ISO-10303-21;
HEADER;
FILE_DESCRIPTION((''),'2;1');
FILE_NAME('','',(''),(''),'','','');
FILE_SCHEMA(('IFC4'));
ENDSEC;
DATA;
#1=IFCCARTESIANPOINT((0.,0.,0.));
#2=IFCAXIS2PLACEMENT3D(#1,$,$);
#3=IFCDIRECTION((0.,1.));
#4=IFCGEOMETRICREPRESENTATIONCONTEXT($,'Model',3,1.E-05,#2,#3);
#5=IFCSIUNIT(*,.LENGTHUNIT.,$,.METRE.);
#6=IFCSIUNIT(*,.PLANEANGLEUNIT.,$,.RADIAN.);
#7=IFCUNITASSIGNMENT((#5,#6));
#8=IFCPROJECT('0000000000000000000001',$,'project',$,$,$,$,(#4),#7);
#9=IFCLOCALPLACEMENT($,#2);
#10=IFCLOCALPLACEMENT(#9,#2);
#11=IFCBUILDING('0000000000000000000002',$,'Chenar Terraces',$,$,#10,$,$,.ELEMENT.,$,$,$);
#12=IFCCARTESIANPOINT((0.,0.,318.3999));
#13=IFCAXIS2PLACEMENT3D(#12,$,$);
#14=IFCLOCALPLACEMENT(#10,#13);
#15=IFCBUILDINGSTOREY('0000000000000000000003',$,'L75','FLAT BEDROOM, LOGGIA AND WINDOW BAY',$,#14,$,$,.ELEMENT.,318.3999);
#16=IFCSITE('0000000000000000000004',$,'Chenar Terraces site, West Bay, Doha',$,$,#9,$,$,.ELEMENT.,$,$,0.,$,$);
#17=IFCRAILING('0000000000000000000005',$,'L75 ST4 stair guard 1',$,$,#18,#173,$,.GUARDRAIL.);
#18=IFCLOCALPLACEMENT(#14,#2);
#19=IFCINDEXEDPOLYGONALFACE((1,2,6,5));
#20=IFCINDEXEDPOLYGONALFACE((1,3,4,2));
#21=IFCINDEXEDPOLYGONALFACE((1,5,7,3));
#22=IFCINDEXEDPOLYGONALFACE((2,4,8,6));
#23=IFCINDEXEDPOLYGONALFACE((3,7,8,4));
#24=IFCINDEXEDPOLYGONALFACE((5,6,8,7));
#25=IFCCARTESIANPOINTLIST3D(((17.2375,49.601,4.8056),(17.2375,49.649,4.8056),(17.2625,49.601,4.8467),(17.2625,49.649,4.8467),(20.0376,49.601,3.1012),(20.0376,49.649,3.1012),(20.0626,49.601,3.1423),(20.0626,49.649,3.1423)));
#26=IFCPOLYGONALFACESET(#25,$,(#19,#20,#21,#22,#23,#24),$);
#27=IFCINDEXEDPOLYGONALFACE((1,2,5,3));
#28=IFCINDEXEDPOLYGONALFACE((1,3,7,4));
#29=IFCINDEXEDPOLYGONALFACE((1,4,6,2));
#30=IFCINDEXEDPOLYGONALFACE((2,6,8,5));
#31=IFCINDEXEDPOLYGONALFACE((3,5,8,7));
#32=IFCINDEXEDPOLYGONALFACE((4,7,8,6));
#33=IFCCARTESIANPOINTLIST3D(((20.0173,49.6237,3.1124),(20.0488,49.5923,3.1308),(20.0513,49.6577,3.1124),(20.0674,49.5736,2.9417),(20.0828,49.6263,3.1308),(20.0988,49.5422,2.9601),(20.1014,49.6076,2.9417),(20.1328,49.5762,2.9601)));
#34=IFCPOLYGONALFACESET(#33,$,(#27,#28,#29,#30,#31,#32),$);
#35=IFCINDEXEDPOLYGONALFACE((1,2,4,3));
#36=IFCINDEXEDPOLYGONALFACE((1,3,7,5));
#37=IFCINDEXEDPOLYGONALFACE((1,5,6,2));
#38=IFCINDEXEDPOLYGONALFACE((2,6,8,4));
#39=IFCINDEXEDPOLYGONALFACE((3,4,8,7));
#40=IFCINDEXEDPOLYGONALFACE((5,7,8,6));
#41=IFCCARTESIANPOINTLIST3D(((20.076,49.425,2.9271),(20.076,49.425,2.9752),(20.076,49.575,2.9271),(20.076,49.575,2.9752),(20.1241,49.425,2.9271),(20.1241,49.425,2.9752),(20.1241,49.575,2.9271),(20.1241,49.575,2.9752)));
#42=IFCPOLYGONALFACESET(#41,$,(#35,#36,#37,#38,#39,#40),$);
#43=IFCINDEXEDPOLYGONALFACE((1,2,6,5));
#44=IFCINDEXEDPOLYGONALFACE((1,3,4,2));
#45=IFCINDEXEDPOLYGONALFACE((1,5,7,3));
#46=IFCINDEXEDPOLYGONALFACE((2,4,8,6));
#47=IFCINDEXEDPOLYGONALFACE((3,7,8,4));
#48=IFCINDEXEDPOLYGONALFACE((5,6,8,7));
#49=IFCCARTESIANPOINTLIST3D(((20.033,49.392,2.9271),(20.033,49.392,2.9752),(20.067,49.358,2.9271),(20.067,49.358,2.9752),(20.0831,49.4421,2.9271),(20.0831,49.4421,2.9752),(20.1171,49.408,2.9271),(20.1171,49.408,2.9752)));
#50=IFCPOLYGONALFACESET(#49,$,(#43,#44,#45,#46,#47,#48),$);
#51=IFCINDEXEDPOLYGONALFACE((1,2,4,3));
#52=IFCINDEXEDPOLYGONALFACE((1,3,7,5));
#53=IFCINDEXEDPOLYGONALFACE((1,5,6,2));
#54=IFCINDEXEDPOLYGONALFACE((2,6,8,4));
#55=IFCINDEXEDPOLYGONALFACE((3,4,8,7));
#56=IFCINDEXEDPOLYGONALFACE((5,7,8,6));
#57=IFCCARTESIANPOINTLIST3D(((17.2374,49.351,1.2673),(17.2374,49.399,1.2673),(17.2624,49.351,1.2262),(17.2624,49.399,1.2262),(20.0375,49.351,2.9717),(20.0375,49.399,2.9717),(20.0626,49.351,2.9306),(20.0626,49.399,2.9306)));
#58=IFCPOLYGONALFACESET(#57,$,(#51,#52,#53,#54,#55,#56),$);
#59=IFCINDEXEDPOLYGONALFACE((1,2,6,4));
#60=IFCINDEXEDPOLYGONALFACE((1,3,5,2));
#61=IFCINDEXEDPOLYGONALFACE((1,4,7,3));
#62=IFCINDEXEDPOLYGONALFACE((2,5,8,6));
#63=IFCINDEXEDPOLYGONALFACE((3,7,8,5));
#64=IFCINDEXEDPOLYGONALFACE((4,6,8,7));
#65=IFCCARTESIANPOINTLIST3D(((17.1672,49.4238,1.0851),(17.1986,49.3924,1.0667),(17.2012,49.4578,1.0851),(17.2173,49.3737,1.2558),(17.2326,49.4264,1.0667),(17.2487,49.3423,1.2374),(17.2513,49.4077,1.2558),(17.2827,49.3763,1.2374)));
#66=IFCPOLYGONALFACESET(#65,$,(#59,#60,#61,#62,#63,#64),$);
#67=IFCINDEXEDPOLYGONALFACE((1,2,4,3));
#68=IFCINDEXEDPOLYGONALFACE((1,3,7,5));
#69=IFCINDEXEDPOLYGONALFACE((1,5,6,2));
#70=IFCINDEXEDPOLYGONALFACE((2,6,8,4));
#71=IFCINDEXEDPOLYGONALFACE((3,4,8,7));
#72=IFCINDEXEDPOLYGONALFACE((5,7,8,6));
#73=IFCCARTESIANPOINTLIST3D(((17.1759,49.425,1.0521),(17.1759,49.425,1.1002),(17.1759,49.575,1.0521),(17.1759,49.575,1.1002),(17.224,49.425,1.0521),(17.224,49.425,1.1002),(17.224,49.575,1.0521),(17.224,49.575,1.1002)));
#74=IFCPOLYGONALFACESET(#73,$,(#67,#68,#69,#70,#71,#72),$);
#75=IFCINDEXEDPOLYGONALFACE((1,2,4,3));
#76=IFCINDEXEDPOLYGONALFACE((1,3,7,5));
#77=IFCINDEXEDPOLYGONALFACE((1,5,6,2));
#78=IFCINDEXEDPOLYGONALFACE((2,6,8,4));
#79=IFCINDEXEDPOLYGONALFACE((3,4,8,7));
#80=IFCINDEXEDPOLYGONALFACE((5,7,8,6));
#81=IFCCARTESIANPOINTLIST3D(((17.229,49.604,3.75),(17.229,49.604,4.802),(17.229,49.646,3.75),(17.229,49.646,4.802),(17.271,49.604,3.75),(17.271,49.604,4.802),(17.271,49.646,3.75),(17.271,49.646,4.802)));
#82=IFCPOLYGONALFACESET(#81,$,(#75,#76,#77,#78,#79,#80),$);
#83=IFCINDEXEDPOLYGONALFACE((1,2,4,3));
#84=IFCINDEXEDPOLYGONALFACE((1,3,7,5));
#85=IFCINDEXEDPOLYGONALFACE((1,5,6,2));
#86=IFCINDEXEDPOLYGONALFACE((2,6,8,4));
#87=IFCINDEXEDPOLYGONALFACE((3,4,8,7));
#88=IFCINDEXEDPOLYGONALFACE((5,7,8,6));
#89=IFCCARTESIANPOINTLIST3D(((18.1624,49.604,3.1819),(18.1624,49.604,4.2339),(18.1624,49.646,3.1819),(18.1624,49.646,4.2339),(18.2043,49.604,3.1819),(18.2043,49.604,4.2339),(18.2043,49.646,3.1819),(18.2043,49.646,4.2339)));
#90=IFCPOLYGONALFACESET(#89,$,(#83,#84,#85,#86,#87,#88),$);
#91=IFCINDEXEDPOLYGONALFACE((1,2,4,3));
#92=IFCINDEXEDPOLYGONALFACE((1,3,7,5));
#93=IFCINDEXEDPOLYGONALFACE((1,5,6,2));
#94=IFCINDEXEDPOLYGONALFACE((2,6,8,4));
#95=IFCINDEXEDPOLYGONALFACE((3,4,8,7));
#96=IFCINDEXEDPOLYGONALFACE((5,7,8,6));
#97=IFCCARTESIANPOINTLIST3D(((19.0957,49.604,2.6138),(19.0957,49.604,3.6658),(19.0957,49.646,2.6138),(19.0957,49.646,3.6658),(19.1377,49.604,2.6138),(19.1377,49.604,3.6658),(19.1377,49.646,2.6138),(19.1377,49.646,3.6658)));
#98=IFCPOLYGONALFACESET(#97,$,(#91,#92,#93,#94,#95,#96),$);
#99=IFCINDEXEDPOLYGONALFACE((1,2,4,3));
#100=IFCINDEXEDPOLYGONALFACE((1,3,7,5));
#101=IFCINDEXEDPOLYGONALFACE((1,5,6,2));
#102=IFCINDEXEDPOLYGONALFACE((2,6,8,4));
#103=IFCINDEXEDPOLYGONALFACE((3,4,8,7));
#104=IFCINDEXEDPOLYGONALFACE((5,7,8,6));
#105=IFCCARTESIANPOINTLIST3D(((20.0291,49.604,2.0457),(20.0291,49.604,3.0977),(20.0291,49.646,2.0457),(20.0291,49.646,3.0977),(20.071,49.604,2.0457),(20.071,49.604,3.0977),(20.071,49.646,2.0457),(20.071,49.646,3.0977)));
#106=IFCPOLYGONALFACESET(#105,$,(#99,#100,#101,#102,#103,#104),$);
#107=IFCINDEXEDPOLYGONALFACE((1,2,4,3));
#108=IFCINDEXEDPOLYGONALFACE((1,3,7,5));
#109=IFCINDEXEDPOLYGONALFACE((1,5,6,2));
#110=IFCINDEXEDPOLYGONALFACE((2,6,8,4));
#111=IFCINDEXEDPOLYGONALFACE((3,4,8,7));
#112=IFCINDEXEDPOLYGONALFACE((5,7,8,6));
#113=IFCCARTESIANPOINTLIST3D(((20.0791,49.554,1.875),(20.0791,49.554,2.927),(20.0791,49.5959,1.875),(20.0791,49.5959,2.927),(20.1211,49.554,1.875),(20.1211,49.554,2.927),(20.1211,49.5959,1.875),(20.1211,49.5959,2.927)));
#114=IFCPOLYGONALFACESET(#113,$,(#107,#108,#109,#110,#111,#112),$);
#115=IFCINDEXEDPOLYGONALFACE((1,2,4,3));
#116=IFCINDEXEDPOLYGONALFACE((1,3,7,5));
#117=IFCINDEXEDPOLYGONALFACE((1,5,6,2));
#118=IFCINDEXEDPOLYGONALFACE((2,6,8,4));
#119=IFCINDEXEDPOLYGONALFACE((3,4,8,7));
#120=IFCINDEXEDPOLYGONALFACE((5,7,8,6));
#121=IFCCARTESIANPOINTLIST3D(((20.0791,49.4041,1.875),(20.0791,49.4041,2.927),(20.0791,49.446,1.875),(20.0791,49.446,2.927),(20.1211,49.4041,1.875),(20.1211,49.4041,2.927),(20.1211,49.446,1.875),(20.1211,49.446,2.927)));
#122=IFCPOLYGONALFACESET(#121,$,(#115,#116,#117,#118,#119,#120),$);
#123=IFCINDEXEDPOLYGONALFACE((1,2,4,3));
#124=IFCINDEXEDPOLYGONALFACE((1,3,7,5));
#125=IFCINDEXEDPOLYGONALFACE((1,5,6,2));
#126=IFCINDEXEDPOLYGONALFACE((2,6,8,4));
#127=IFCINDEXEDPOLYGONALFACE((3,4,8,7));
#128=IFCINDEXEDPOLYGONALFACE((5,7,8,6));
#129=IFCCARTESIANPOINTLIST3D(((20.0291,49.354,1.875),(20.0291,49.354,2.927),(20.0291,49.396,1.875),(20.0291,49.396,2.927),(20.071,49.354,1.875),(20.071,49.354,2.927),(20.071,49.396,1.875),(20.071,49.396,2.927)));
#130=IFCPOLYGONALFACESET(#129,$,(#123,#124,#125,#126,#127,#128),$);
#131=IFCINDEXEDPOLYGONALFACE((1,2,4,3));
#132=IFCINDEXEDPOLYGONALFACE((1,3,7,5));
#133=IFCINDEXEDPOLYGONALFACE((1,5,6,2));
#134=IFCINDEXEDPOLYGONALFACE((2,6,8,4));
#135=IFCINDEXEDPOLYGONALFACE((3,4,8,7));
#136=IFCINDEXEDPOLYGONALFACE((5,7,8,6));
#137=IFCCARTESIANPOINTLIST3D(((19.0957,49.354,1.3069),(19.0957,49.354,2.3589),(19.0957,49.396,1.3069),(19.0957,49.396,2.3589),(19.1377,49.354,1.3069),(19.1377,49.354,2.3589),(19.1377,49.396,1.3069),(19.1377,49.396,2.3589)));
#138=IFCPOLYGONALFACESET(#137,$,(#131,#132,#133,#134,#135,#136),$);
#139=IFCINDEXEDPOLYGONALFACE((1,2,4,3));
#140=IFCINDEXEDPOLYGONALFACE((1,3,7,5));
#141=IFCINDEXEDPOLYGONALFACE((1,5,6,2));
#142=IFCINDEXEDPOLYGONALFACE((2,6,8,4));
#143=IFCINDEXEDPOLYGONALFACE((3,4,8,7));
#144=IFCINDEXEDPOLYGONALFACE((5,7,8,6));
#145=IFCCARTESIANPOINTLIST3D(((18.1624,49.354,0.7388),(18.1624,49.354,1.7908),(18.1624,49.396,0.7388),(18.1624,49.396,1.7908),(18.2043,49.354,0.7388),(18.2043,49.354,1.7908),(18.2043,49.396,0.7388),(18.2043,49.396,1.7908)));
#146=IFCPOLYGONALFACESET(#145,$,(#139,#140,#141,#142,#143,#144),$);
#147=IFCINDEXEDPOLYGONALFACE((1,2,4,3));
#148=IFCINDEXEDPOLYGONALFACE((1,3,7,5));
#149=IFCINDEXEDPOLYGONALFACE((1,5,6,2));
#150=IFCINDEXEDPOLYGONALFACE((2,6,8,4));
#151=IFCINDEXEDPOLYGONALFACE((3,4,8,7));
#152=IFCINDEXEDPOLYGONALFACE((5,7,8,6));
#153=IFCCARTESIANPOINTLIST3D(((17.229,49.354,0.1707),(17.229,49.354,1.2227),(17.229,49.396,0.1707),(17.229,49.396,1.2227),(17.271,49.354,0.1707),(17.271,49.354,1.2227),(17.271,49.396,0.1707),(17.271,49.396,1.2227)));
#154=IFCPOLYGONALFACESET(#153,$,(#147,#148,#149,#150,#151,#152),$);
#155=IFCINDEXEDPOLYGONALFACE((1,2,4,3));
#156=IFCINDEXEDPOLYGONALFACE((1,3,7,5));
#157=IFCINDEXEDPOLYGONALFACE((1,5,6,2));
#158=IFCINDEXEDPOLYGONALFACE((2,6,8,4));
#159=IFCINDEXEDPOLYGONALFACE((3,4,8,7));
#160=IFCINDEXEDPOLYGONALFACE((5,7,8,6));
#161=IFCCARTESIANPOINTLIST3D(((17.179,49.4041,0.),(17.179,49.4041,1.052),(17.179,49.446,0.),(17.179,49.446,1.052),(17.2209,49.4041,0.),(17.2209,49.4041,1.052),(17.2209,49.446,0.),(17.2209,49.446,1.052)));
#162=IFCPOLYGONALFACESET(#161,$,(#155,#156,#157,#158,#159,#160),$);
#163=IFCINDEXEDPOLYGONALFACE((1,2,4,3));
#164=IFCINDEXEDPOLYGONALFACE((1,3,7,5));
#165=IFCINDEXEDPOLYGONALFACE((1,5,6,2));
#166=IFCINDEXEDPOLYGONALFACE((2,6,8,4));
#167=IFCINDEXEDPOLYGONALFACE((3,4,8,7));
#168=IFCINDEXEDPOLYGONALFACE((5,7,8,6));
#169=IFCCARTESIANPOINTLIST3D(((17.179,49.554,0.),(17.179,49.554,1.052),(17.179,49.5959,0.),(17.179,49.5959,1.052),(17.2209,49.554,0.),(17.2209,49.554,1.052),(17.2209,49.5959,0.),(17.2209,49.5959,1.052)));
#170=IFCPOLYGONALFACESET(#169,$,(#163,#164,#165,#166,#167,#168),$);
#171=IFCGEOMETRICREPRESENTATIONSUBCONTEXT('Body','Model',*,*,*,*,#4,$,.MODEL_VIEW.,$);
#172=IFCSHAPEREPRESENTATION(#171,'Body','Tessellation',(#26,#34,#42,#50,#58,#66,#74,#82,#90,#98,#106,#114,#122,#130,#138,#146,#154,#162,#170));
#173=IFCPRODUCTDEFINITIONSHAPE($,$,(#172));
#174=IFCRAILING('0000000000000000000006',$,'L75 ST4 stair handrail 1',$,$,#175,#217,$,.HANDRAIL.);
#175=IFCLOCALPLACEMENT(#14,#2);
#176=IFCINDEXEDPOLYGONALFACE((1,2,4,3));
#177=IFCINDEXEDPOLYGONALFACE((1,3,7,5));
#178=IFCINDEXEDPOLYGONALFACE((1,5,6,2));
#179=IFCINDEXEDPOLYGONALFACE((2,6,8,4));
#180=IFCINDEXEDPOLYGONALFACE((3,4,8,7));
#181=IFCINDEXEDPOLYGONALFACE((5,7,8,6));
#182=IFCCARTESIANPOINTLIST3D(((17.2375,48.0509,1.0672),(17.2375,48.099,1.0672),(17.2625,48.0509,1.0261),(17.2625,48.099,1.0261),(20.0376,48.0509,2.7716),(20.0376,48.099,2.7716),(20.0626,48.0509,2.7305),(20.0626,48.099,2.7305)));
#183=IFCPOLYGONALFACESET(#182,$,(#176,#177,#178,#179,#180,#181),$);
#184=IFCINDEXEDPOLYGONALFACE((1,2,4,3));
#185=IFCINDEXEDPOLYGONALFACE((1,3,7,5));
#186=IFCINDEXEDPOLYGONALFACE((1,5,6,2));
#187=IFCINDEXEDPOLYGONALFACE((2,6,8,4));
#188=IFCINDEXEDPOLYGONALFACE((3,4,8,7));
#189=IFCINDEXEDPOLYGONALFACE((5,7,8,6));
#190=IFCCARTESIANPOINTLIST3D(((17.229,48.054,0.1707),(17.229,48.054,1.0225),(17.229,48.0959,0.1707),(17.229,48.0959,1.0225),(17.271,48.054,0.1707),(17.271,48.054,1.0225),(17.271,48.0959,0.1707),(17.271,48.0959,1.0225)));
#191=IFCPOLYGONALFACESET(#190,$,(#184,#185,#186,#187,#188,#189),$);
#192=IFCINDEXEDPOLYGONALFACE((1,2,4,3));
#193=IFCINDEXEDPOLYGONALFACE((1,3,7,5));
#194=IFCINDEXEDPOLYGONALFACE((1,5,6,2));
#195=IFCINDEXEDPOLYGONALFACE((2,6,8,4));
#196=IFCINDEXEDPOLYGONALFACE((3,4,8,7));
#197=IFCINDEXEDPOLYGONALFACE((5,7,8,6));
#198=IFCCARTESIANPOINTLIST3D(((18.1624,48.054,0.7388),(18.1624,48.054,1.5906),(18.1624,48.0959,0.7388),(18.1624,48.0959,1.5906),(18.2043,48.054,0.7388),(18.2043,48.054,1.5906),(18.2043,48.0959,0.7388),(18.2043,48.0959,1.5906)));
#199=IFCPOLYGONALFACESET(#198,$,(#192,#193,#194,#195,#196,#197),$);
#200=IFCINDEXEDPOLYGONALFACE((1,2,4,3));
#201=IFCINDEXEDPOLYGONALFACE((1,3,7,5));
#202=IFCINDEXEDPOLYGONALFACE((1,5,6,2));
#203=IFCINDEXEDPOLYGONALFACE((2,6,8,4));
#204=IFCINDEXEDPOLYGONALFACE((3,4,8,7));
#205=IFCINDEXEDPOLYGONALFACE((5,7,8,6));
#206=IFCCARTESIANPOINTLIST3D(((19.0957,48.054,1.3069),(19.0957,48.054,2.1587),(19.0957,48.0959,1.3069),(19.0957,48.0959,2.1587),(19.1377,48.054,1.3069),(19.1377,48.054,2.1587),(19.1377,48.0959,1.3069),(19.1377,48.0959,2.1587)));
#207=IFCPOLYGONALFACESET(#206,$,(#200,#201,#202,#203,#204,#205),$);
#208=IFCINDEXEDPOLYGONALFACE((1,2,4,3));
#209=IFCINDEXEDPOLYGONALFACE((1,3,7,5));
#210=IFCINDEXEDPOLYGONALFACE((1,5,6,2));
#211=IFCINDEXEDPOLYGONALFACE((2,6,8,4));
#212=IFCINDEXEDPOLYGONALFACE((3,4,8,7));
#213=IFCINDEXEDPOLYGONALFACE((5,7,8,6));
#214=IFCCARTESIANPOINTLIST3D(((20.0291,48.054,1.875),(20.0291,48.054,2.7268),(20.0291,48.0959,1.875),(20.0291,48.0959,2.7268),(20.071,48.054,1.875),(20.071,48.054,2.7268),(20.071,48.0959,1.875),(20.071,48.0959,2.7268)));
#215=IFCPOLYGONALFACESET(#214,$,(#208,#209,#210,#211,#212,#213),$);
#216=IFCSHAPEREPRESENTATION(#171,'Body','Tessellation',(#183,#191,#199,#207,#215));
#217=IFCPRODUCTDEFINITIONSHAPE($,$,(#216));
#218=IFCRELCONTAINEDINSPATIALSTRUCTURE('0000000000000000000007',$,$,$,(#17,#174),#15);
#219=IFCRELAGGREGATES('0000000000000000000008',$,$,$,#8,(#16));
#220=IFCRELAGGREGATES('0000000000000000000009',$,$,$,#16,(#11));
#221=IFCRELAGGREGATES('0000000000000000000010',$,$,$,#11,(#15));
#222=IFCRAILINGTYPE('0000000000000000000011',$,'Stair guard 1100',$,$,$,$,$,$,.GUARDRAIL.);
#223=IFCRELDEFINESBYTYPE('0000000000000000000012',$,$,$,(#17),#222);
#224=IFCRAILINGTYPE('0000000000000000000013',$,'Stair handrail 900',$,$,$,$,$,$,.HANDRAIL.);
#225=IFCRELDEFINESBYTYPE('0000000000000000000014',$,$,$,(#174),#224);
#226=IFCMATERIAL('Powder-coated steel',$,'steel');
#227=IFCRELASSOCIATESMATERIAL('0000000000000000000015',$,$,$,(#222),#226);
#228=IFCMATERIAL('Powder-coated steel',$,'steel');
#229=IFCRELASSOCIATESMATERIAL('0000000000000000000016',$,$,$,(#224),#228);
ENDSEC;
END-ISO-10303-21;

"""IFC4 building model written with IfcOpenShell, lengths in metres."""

from ifc_helpers import new_model, si_unit, direction, frame, origin, origin_2d, place, context, subcontext, project, spatial, rectangle, extrude, material, type_object, element, save


model = new_model("IFC4")

# Units and contexts
model_context = context("Model", 3, precision=1e-05, world=origin(), true_north=direction((0.0, 1.0)))
body_context = subcontext(model_context, "Body", "Model", "MODEL_VIEW")
ifc_project = project(units=[si_unit("LENGTHUNIT", "METRE"), si_unit("PLANEANGLEUNIT", "RADIAN")], contexts=[model_context])

# Site, building, storey
site_placement = place(None, origin())
site = spatial("IfcSite", under=ifc_project, at=site_placement, Name="Chenar Terraces site, West Bay, Doha", CompositionType="ELEMENT", RefElevation=0.0)
building_placement = place(site_placement, origin())
building = spatial("IfcBuilding", under=site, at=building_placement, Name="Chenar Terraces", CompositionType="ELEMENT")
storey_placement = place(building_placement, frame((0.0, 0.0, 318.3999)))
storey = spatial("IfcBuildingStorey", under=building, at=storey_placement, Name="L75", Description="FLAT BEDROOM, LOGGIA AND WINDOW BAY", CompositionType="ELEMENT", Elevation=318.3999)

# Railings
ifc_material_1 = material(Name="Powder-coated steel", Category="steel")
railing_type_1 = type_object("IfcRailingType", Name="Stair guard 1100", PredefinedType="GUARDRAIL", material=ifc_material_1)
railing_1_placement = place(storey_placement, frame((17.25, 49.625, 3.75)))
element("IfcRailing", 1, at=railing_1_placement, inside=storey, type_object=railing_type_1, Name="L75 ST4 stair guard 1", PredefinedType="GUARDRAIL", context=body_context, shape_type="SweptSolid", body=[
    extrude(rectangle(XDim=0.0481, YDim=0.0481, at=origin_2d()), frame((0.0, 0.0, 1.0762), z_axis=(0.854203, 0.0, -0.51994), x_axis=(0.0, 1.0, 0.0)), (0.0, 0.0, 1.0), 3.2781),
    extrude(rectangle(XDim=0.0481, YDim=0.0481, at=origin_2d()), frame((2.8, 0.0, -0.6284), z_axis=(0.2709, -0.2709, -0.923703), x_axis=(0.707107, 0.707107, 0.0)), (0.0, 0.0, 1.0), 0.1848),
    extrude(rectangle(XDim=0.0481, YDim=0.0481, at=origin_2d()), frame((2.8501, -0.05, -0.7988), z_axis=(0.0, -1.0, 0.0), x_axis=(1.0, 0.0, 0.0)), (0.0, 0.0, 1.0), 0.1499),
    extrude(rectangle(XDim=0.0481, YDim=0.0481, at=origin_2d()), frame((2.8501, -0.2, -0.7988), z_axis=(-0.707107, -0.707107, 0.0), x_axis=(0.707107, -0.707107, 0.0)), (0.0, 0.0, 1.0), 0.0708),
    extrude(rectangle(XDim=0.0481, YDim=0.0481, at=origin_2d()), frame((2.8, -0.25, -0.7988), z_axis=(-0.854203, 0.0, -0.51994), x_axis=(0.0, -1.0, 0.0)), (0.0, 0.0, 1.0), 3.2781),
    extrude(rectangle(XDim=0.0481, YDim=0.0481, at=origin_2d()), frame((0.0, -0.25, -2.5034), z_axis=(-0.2709, 0.2709, -0.923703), x_axis=(-0.707107, -0.707107, 0.0)), (0.0, 0.0, 1.0), 0.1848),
    extrude(rectangle(XDim=0.0481, YDim=0.0481, at=origin_2d()), frame((-0.05, -0.2, -2.6738), z_axis=(0.0, 1.0, 0.0), x_axis=(-1.0, 0.0, 0.0)), (0.0, 0.0, 1.0), 0.1499),
    extrude(rectangle(XDim=0.042, YDim=0.042, at=origin_2d()), origin(), (0.0, 0.0, 1.0), 1.052),
    extrude(rectangle(XDim=0.042, YDim=0.042, at=origin_2d()), frame((0.9333, 0.0, -0.5681)), (0.0, 0.0, 1.0), 1.052),
    extrude(rectangle(XDim=0.042, YDim=0.042, at=origin_2d()), frame((1.8667, 0.0, -1.1362)), (0.0, 0.0, 1.0), 1.052),
    extrude(rectangle(XDim=0.042, YDim=0.042, at=origin_2d()), frame((2.8, 0.0, -1.7043)), (0.0, 0.0, 1.0), 1.052),
    extrude(rectangle(XDim=0.042, YDim=0.042, at=origin_2d()), frame((2.8501, -0.05, -1.875)), (0.0, 0.0, 1.0), 1.052),
    extrude(rectangle(XDim=0.042, YDim=0.042, at=origin_2d()), frame((2.8501, -0.2, -1.875)), (0.0, 0.0, 1.0), 1.052),
    extrude(rectangle(XDim=0.042, YDim=0.042, at=origin_2d()), frame((2.8, -0.25, -1.875)), (0.0, 0.0, 1.0), 1.052),
    extrude(rectangle(XDim=0.042, YDim=0.042, at=origin_2d()), frame((1.8667, -0.25, -2.4431)), (0.0, 0.0, 1.0), 1.052),
    extrude(rectangle(XDim=0.042, YDim=0.042, at=origin_2d()), frame((0.9333, -0.25, -3.0112)), (0.0, 0.0, 1.0), 1.052),
    extrude(rectangle(XDim=0.042, YDim=0.042, at=origin_2d()), frame((0.0, -0.25, -3.5793)), (0.0, 0.0, 1.0), 1.052),
    extrude(rectangle(XDim=0.042, YDim=0.042, at=origin_2d()), frame((-0.05, -0.2, -3.75)), (0.0, 0.0, 1.0), 1.052),
    extrude(rectangle(XDim=0.042, YDim=0.042, at=origin_2d()), frame((-0.05, -0.05, -3.75)), (0.0, 0.0, 1.0), 1.052),
])
ifc_material_2 = material(Name="Powder-coated steel", Category="steel")
railing_type_2 = type_object("IfcRailingType", Name="Stair handrail 900", PredefinedType="HANDRAIL", material=ifc_material_2)
railing_2_placement = place(storey_placement, frame((17.25, 48.075, 0.1707)))
element("IfcRailing", 2, at=railing_2_placement, inside=storey, type_object=railing_type_2, Name="L75 ST4 stair handrail 1", PredefinedType="HANDRAIL", context=body_context, shape_type="SweptSolid", body=[
    extrude(rectangle(XDim=0.0481, YDim=0.0481, at=origin_2d()), frame((0.0, 0.0, 0.876), z_axis=(0.854203, 0.0, 0.51994), x_axis=(0.0, 1.0, 0.0)), (0.0, 0.0, 1.0), 3.2781),
    extrude(rectangle(XDim=0.042, YDim=0.042, at=origin_2d()), origin(), (0.0, 0.0, 1.0), 0.8518),
    extrude(rectangle(XDim=0.042, YDim=0.042, at=origin_2d()), frame((0.9333, 0.0, 0.5681)), (0.0, 0.0, 1.0), 0.8518),
    extrude(rectangle(XDim=0.042, YDim=0.042, at=origin_2d()), frame((1.8667, 0.0, 1.1362)), (0.0, 0.0, 1.0), 0.8518),
    extrude(rectangle(XDim=0.042, YDim=0.042, at=origin_2d()), frame((2.8, 0.0, 1.7043)), (0.0, 0.0, 1.0), 0.8518),
])

save(model, "model.ifc")
